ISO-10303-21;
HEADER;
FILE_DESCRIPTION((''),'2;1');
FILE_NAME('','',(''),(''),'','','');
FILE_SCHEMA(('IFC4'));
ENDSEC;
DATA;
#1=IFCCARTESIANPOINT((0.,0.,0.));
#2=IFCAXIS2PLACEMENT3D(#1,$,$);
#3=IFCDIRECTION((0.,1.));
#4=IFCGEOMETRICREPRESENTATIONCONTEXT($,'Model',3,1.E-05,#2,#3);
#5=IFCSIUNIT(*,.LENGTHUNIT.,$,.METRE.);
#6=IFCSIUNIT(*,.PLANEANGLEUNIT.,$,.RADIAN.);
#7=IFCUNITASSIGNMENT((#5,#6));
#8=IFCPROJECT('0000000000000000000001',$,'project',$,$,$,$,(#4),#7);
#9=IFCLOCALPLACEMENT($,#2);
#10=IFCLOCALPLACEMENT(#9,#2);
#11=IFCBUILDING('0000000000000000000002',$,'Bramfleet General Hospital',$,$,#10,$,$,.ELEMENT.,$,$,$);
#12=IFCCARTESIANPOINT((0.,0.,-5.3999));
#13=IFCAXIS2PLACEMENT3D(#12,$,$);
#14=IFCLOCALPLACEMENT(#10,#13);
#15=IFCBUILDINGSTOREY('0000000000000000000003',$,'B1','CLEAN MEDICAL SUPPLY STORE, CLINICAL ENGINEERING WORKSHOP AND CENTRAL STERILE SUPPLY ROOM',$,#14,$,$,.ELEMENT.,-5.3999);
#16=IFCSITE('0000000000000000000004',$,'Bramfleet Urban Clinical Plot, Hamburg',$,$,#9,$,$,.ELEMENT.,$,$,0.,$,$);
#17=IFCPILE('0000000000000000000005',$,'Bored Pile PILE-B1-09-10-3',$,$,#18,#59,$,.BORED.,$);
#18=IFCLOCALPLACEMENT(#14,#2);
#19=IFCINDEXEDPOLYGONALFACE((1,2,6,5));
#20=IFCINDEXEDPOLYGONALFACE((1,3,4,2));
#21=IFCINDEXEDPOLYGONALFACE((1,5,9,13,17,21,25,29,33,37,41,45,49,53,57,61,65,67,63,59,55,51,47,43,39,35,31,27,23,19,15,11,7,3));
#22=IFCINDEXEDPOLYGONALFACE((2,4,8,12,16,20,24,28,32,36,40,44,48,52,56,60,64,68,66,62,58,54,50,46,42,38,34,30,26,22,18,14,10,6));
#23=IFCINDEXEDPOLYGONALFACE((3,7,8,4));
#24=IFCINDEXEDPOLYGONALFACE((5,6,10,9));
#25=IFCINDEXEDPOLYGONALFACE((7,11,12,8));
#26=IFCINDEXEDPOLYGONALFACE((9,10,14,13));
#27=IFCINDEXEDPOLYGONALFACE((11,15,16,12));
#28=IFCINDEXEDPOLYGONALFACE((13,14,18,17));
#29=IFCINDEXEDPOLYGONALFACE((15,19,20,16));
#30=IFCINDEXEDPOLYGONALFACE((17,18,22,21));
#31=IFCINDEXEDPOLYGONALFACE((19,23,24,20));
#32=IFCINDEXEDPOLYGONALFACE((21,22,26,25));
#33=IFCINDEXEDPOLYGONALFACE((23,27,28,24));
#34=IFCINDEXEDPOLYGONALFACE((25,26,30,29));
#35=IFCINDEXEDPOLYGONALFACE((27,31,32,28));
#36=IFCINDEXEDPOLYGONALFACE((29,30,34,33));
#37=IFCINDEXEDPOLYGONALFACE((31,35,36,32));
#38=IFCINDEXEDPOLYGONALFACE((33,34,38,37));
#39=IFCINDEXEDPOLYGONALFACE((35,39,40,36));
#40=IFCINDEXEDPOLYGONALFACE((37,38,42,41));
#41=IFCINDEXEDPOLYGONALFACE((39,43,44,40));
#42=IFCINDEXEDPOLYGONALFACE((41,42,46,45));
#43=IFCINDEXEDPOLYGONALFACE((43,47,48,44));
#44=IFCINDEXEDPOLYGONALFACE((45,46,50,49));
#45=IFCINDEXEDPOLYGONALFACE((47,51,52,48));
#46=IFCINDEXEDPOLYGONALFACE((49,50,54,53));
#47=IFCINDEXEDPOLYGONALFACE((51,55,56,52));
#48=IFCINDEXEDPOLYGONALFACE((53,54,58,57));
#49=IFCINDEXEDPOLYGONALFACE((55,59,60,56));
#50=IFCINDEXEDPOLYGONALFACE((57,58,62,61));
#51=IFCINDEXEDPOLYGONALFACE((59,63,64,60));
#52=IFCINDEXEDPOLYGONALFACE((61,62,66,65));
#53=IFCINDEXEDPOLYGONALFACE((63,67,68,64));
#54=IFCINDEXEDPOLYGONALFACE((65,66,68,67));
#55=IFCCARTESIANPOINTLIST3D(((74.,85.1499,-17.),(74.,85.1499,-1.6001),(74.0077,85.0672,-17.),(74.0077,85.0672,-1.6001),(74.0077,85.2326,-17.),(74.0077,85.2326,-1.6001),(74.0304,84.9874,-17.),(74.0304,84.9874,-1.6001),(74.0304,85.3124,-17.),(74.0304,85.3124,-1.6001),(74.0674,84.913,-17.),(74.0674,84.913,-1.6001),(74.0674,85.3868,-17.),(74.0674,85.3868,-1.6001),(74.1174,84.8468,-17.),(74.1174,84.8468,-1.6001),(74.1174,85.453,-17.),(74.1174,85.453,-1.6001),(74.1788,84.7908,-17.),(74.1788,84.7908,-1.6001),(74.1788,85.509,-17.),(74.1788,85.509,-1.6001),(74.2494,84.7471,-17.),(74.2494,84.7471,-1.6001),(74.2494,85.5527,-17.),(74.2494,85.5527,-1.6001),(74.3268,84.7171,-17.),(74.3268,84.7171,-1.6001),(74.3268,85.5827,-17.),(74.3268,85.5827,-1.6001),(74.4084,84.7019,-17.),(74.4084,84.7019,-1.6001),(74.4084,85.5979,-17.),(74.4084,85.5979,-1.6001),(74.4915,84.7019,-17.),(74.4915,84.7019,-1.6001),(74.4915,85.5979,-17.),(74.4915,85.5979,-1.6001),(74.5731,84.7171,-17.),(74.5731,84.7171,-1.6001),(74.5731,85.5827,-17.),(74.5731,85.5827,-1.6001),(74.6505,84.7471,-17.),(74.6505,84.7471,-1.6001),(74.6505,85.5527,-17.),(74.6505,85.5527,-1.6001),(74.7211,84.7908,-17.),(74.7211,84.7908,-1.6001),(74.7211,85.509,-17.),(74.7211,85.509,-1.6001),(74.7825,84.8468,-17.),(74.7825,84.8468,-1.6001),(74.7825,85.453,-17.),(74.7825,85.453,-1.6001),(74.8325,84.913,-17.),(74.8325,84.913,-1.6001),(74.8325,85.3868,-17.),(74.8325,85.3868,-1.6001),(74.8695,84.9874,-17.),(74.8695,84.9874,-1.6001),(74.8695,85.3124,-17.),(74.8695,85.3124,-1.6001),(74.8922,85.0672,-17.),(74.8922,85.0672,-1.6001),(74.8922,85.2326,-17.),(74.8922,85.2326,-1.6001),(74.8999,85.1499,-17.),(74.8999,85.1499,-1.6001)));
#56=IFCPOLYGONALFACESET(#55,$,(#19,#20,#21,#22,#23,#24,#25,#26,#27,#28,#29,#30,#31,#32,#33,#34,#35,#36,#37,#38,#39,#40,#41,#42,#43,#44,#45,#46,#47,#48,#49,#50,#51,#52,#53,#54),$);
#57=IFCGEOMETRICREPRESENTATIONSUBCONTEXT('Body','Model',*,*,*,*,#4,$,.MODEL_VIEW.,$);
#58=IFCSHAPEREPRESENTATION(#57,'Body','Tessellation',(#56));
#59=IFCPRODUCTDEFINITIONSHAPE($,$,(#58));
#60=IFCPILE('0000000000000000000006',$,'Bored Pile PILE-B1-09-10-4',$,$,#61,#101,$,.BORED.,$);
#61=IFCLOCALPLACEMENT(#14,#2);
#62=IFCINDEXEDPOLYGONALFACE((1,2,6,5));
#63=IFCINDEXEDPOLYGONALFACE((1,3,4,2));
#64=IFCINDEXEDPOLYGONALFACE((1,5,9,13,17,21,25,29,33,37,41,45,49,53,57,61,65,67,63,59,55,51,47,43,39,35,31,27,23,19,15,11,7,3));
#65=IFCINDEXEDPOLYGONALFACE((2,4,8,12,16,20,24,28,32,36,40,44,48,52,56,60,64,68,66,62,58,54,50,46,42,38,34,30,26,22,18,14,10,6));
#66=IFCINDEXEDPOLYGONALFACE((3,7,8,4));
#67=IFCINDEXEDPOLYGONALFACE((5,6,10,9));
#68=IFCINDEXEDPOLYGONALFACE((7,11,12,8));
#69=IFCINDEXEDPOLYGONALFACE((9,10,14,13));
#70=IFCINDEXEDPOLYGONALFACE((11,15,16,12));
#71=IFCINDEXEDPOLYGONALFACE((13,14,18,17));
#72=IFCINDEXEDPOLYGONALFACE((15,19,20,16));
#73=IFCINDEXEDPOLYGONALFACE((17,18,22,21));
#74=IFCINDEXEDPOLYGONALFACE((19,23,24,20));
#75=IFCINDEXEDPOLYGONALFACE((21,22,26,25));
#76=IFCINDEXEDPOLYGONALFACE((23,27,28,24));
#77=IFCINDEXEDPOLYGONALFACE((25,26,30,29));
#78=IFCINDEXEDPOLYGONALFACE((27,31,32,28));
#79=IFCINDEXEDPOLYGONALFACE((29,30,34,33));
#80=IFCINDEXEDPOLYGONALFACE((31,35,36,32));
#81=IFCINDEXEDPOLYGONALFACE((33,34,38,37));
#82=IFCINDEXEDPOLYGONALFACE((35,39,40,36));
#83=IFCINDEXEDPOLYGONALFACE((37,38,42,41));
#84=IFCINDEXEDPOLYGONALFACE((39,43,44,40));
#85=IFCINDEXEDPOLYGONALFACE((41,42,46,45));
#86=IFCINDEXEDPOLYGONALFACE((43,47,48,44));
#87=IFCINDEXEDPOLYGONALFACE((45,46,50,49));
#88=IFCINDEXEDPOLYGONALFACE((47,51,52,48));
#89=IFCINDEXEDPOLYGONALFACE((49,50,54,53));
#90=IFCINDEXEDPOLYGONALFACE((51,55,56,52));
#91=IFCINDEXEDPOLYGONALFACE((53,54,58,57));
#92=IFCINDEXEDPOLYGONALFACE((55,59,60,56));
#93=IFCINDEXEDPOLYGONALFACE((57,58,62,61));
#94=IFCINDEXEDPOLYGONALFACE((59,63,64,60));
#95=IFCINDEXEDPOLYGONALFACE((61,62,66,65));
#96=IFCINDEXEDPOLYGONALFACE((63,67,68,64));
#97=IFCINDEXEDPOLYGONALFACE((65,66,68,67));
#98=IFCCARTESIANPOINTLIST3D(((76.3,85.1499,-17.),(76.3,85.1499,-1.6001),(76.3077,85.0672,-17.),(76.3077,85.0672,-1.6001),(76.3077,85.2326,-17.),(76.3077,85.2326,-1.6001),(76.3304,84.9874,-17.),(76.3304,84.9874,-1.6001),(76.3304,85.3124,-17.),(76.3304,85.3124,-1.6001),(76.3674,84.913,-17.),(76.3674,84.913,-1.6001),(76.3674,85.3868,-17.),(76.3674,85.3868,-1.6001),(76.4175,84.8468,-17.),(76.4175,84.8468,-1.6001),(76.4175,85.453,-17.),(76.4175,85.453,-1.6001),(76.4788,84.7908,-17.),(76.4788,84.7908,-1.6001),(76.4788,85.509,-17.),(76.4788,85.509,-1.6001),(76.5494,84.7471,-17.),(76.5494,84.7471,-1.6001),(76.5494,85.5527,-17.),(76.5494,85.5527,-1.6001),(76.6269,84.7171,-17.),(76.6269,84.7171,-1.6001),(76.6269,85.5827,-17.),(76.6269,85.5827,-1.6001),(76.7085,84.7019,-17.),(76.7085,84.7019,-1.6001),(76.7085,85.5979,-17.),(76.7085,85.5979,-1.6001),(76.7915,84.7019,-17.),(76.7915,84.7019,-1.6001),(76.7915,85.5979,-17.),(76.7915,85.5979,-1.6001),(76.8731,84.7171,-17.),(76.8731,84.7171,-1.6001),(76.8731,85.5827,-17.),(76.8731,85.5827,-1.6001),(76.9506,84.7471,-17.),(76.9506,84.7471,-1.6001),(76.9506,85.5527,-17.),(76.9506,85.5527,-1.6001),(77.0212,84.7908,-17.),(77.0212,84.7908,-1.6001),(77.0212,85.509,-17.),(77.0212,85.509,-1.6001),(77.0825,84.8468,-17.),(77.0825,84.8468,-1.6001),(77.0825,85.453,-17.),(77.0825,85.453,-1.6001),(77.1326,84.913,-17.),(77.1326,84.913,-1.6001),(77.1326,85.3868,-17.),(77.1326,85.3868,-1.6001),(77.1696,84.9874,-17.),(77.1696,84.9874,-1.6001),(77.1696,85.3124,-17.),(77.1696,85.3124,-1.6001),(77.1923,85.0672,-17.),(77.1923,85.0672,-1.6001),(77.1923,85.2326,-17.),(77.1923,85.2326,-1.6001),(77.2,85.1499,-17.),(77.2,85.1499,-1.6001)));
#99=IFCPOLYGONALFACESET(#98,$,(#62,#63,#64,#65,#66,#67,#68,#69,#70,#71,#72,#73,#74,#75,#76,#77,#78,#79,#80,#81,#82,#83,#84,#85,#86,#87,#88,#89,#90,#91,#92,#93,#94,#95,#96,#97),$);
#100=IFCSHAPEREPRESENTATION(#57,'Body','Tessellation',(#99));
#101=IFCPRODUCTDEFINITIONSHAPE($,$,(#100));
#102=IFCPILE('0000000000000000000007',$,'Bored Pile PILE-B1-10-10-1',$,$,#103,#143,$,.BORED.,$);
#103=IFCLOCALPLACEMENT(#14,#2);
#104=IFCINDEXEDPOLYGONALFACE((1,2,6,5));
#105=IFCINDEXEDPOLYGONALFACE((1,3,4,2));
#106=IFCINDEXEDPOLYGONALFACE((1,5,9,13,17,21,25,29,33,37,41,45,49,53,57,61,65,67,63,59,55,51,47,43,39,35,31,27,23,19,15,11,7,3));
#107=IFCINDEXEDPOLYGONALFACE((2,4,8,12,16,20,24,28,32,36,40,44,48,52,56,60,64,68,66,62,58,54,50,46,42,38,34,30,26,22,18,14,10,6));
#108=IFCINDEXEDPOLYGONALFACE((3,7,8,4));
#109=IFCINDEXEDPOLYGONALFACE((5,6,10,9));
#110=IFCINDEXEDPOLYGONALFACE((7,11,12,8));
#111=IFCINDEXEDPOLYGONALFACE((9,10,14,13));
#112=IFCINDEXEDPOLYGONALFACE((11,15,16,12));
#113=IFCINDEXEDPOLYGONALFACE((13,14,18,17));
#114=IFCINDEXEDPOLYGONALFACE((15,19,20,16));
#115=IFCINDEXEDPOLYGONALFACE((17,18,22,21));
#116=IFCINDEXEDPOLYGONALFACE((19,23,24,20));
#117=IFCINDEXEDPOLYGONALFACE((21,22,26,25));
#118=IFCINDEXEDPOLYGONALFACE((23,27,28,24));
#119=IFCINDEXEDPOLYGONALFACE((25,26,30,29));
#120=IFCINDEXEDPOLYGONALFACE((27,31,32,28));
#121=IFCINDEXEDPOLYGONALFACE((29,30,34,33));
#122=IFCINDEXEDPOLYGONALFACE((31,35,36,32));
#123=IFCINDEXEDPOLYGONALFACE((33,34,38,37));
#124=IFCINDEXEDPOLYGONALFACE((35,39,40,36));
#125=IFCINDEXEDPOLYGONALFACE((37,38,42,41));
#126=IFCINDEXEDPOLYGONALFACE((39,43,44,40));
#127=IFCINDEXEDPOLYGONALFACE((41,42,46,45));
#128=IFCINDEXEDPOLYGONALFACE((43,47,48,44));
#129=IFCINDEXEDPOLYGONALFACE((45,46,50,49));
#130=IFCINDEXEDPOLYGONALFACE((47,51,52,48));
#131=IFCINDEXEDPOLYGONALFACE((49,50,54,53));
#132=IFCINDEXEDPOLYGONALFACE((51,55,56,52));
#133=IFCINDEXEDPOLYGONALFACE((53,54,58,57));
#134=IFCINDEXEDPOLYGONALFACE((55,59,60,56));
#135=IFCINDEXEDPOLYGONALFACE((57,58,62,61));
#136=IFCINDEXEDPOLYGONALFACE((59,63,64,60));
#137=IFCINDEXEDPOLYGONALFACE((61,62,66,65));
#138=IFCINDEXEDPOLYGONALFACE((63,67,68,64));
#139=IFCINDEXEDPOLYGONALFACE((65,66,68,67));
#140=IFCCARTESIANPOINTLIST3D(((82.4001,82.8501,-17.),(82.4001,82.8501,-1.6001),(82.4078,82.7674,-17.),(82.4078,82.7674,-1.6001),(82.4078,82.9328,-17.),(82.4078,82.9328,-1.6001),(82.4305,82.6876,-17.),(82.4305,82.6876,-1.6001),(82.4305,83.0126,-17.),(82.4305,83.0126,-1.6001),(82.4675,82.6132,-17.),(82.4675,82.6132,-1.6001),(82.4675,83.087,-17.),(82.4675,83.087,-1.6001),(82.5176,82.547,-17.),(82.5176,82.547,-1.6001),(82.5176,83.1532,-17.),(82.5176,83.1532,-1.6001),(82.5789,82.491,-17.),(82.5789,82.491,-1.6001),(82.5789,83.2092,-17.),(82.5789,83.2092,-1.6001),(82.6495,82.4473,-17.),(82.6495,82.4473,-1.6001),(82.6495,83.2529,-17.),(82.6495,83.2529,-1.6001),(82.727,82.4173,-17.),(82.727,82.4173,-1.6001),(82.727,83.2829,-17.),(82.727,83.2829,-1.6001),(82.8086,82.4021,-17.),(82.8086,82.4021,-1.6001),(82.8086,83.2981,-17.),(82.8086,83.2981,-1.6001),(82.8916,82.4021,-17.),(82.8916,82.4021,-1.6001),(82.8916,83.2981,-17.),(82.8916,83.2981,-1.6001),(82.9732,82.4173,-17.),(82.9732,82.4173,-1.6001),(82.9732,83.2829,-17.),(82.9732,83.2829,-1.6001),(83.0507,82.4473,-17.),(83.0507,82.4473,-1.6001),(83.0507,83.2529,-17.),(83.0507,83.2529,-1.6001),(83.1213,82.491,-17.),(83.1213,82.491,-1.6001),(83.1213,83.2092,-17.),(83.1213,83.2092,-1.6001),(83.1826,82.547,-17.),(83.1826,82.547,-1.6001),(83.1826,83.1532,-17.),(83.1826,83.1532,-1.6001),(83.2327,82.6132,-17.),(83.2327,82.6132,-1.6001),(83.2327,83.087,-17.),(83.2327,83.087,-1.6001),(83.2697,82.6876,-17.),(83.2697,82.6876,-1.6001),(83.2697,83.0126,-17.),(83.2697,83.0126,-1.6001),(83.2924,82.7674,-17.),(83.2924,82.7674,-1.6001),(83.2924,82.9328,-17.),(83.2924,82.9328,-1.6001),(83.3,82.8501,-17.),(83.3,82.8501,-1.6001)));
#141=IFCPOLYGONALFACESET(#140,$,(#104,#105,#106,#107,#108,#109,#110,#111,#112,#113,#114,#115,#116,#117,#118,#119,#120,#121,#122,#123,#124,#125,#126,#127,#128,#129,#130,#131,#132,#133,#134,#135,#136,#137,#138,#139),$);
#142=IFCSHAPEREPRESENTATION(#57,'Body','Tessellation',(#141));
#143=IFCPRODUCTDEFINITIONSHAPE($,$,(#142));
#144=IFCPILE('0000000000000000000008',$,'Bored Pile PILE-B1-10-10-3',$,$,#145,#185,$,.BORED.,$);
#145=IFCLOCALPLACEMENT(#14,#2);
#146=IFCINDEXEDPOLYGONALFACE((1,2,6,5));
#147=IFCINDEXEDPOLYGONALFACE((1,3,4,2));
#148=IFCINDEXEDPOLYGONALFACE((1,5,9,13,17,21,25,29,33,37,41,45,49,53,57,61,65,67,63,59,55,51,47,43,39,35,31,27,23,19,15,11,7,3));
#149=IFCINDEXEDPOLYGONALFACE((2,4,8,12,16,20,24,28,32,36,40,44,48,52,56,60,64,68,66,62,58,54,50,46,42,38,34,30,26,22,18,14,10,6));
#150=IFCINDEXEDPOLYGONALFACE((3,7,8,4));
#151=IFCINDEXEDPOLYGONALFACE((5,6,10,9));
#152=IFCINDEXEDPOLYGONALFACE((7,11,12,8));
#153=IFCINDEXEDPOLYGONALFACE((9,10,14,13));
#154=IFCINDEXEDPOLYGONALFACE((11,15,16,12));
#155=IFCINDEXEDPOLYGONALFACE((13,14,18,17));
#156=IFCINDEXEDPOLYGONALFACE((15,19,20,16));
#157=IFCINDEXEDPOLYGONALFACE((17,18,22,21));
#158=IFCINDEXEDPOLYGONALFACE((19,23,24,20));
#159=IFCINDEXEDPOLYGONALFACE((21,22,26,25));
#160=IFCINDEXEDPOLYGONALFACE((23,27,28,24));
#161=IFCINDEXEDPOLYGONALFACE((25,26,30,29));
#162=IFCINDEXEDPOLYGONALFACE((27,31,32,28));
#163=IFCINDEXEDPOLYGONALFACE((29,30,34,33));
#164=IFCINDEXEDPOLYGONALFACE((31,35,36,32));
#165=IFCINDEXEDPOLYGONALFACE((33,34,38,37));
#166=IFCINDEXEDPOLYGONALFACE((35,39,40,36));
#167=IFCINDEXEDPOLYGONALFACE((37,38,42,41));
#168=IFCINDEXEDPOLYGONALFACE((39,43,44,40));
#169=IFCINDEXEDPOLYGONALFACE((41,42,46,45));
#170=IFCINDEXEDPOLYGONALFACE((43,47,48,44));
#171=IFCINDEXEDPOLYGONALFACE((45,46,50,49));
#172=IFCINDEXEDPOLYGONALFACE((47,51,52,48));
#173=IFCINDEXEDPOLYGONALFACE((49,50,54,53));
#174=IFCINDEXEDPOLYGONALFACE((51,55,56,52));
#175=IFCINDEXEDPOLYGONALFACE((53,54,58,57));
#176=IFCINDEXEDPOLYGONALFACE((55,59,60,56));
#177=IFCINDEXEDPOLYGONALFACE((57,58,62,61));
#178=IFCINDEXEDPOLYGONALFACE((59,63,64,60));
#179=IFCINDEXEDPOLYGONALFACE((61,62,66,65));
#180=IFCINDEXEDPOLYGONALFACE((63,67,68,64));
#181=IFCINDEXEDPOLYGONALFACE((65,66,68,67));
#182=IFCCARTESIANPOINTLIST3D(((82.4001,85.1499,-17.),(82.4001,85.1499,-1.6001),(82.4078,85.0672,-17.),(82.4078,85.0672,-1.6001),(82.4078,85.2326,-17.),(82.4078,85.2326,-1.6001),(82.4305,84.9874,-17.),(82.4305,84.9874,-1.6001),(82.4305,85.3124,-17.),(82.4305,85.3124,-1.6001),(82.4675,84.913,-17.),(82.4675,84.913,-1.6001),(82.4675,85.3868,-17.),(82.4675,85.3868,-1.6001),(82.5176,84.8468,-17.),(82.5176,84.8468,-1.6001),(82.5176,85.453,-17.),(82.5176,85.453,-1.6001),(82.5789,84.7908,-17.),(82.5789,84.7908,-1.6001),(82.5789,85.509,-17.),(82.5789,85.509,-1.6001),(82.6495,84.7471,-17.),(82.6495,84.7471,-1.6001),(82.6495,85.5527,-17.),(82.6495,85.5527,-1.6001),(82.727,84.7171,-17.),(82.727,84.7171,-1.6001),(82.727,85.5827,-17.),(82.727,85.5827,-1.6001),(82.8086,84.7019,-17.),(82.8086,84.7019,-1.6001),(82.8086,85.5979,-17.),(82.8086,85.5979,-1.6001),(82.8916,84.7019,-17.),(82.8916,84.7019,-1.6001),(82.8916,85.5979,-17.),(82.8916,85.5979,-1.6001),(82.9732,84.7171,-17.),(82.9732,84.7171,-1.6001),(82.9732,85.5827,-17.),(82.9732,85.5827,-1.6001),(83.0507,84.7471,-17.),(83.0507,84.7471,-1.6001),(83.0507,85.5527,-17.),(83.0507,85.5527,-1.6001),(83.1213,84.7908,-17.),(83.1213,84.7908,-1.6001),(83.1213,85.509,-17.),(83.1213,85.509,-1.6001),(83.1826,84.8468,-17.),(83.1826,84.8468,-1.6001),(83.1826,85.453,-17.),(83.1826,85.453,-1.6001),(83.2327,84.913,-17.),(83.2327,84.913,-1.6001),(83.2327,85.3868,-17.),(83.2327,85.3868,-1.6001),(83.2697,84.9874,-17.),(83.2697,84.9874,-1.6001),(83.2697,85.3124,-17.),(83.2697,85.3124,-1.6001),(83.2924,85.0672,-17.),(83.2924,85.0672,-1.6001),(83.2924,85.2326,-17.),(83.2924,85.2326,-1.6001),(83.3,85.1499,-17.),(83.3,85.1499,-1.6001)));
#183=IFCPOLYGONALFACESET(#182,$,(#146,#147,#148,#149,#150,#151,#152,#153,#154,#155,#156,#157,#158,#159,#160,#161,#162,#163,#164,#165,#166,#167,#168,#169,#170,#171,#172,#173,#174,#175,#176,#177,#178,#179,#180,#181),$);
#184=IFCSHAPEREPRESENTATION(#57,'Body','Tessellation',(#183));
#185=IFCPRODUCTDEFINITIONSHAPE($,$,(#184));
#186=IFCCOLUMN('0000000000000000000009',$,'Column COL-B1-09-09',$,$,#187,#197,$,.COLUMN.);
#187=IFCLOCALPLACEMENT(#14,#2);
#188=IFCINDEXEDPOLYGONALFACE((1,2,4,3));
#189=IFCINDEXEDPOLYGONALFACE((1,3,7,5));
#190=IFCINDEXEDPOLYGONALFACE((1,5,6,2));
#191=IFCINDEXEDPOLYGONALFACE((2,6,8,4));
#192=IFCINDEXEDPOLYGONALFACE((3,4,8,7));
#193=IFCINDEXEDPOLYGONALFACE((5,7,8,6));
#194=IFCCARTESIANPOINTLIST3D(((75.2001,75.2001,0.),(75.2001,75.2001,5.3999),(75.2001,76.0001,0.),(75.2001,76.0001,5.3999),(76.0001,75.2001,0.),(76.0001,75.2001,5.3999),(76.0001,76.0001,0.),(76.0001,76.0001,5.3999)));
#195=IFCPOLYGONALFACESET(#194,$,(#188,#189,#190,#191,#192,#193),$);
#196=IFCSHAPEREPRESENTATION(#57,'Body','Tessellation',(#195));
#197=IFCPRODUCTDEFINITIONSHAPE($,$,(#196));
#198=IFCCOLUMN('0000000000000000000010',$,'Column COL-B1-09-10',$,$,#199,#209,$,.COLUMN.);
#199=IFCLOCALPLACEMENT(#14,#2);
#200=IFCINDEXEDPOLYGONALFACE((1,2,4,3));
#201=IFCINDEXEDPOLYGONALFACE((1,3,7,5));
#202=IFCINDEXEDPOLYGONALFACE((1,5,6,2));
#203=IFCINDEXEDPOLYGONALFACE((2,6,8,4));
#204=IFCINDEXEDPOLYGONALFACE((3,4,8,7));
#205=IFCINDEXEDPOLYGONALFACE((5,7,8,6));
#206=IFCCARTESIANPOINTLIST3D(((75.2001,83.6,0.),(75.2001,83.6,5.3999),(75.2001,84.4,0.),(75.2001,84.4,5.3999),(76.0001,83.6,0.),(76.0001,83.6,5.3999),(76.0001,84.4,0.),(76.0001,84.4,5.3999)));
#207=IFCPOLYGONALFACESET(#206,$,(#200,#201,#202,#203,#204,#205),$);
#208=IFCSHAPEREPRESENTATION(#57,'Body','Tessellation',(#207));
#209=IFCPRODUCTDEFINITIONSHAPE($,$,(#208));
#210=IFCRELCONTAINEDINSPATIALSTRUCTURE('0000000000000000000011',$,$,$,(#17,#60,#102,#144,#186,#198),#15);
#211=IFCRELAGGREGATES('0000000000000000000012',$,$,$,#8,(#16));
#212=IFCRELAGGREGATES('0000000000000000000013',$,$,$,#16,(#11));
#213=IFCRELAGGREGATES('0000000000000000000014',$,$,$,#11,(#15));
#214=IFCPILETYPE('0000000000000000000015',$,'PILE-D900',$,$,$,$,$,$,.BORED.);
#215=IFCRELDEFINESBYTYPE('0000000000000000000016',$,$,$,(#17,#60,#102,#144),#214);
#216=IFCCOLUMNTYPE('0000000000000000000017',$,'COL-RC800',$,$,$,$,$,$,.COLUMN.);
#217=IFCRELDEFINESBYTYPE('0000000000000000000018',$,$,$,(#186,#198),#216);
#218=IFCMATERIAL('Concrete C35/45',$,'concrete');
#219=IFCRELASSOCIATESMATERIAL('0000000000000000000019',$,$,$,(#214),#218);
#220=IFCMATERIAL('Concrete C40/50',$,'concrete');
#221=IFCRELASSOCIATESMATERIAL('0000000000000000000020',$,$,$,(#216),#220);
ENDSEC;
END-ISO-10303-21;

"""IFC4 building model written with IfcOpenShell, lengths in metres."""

from ifc_helpers import new_model, si_unit, direction, frame, origin, origin_2d, place, context, subcontext, project, spatial, rectangle, circle, extrude, material, material_profile, profile_set, type_object, element, save


model = new_model("IFC4")

# Units and contexts
model_context = context("Model", 3, precision=1e-05, world=origin(), true_north=direction((0.0, 1.0)))
body_context = subcontext(model_context, "Body", "Model", "MODEL_VIEW")
ifc_project = project(units=[si_unit("LENGTHUNIT", "METRE"), si_unit("PLANEANGLEUNIT", "RADIAN")], contexts=[model_context])

# Site, building, storey
site_placement = place(None, origin())
site = spatial("IfcSite", under=ifc_project, at=site_placement, Name="Bramfleet Urban Clinical Plot, Hamburg", CompositionType="ELEMENT", RefElevation=0.0)
building_placement = place(site_placement, origin())
building = spatial("IfcBuilding", under=site, at=building_placement, Name="Bramfleet General Hospital", CompositionType="ELEMENT")
storey_placement = place(building_placement, frame((0.0, 0.0, -5.3999)))
storey = spatial("IfcBuildingStorey", under=building, at=storey_placement, Name="B1", Description="CLEAN MEDICAL SUPPLY STORE, CLINICAL ENGINEERING WORKSHOP AND CENTRAL STERILE SUPPLY ROOM", CompositionType="ELEMENT", Elevation=-5.3999)

# Shared definitions
ifc_material_1 = material(Name="Concrete C35/45", Category="concrete")

# Piles
ifc_material_profile_1 = material_profile(ifc_material_1, circle(Radius=0.45, at=origin_2d()), Name="PILE BORED D900")
ifc_profile_set_1 = profile_set([ifc_material_profile_1], Name="Concrete C35/45")
pile_type_1 = type_object("IfcPileType", Name="PILE-D900", PredefinedType="BORED", material=ifc_profile_set_1)
for number, where, z_axis, x_axis, name in (
    (1, (74.45, 85.1499, -1.6001), (0.0, 0.0, -1.0), (1.0, 0.0, 0.0), "Bored Pile PILE-B1-09-10-3"),
    (2, (76.75, 85.1499, -1.6001), (0.0, 0.0, -1.0), (1.0, 0.0, 0.0), "Bored Pile PILE-B1-09-10-4"),
    (3, (82.8501, 82.8501, -1.6001), (0.0, 0.0, -1.0), (1.0, 0.0, 0.0), "Bored Pile PILE-B1-10-10-1"),
    (4, (82.8501, 85.1499, -1.6001), (0.0, 0.0, -1.0), (1.0, 0.0, 0.0), "Bored Pile PILE-B1-10-10-3"),
):
    element("IfcPile", number, at=place(storey_placement, frame(where, z_axis=z_axis, x_axis=x_axis)), inside=storey, type_object=pile_type_1, Name=name, PredefinedType="BORED", context=body_context, shape_type="SweptSolid", body=[
        extrude(circle(Radius=0.45, at=origin_2d()), origin(), (0.0, 0.0, 1.0), 15.3999),
    ])

# Columns
ifc_material_2 = material(Name="Concrete C40/50", Category="concrete")
ifc_material_profile_2 = material_profile(ifc_material_2, rectangle(XDim=0.8, YDim=0.8, at=origin_2d()), Name="RC COL 800x800")
ifc_profile_set_2 = profile_set([ifc_material_profile_2], Name="Concrete C40/50")
column_type = type_object("IfcColumnType", Name="COL-RC800", PredefinedType="COLUMN", material=ifc_profile_set_2)
for number, where, z_axis, x_axis, name in (
    (5, (75.6001, 75.6001, 0.0), (0.0, 0.0, 1.0), (1.0, 0.0, 0.0), "Column COL-B1-09-09"),
    (6, (75.6001, 84.0, 0.0), (0.0, 0.0, 1.0), (1.0, 0.0, 0.0), "Column COL-B1-09-10"),
):
    element("IfcColumn", number, at=place(storey_placement, frame(where, z_axis=z_axis, x_axis=x_axis)), inside=storey, type_object=column_type, Name=name, PredefinedType="COLUMN", context=body_context, shape_type="SweptSolid", body=[
        extrude(rectangle(XDim=0.8, YDim=0.8, at=origin_2d()), origin(), (0.0, 0.0, 1.0), 5.3999),
    ])

save(model, "model.ifc")
